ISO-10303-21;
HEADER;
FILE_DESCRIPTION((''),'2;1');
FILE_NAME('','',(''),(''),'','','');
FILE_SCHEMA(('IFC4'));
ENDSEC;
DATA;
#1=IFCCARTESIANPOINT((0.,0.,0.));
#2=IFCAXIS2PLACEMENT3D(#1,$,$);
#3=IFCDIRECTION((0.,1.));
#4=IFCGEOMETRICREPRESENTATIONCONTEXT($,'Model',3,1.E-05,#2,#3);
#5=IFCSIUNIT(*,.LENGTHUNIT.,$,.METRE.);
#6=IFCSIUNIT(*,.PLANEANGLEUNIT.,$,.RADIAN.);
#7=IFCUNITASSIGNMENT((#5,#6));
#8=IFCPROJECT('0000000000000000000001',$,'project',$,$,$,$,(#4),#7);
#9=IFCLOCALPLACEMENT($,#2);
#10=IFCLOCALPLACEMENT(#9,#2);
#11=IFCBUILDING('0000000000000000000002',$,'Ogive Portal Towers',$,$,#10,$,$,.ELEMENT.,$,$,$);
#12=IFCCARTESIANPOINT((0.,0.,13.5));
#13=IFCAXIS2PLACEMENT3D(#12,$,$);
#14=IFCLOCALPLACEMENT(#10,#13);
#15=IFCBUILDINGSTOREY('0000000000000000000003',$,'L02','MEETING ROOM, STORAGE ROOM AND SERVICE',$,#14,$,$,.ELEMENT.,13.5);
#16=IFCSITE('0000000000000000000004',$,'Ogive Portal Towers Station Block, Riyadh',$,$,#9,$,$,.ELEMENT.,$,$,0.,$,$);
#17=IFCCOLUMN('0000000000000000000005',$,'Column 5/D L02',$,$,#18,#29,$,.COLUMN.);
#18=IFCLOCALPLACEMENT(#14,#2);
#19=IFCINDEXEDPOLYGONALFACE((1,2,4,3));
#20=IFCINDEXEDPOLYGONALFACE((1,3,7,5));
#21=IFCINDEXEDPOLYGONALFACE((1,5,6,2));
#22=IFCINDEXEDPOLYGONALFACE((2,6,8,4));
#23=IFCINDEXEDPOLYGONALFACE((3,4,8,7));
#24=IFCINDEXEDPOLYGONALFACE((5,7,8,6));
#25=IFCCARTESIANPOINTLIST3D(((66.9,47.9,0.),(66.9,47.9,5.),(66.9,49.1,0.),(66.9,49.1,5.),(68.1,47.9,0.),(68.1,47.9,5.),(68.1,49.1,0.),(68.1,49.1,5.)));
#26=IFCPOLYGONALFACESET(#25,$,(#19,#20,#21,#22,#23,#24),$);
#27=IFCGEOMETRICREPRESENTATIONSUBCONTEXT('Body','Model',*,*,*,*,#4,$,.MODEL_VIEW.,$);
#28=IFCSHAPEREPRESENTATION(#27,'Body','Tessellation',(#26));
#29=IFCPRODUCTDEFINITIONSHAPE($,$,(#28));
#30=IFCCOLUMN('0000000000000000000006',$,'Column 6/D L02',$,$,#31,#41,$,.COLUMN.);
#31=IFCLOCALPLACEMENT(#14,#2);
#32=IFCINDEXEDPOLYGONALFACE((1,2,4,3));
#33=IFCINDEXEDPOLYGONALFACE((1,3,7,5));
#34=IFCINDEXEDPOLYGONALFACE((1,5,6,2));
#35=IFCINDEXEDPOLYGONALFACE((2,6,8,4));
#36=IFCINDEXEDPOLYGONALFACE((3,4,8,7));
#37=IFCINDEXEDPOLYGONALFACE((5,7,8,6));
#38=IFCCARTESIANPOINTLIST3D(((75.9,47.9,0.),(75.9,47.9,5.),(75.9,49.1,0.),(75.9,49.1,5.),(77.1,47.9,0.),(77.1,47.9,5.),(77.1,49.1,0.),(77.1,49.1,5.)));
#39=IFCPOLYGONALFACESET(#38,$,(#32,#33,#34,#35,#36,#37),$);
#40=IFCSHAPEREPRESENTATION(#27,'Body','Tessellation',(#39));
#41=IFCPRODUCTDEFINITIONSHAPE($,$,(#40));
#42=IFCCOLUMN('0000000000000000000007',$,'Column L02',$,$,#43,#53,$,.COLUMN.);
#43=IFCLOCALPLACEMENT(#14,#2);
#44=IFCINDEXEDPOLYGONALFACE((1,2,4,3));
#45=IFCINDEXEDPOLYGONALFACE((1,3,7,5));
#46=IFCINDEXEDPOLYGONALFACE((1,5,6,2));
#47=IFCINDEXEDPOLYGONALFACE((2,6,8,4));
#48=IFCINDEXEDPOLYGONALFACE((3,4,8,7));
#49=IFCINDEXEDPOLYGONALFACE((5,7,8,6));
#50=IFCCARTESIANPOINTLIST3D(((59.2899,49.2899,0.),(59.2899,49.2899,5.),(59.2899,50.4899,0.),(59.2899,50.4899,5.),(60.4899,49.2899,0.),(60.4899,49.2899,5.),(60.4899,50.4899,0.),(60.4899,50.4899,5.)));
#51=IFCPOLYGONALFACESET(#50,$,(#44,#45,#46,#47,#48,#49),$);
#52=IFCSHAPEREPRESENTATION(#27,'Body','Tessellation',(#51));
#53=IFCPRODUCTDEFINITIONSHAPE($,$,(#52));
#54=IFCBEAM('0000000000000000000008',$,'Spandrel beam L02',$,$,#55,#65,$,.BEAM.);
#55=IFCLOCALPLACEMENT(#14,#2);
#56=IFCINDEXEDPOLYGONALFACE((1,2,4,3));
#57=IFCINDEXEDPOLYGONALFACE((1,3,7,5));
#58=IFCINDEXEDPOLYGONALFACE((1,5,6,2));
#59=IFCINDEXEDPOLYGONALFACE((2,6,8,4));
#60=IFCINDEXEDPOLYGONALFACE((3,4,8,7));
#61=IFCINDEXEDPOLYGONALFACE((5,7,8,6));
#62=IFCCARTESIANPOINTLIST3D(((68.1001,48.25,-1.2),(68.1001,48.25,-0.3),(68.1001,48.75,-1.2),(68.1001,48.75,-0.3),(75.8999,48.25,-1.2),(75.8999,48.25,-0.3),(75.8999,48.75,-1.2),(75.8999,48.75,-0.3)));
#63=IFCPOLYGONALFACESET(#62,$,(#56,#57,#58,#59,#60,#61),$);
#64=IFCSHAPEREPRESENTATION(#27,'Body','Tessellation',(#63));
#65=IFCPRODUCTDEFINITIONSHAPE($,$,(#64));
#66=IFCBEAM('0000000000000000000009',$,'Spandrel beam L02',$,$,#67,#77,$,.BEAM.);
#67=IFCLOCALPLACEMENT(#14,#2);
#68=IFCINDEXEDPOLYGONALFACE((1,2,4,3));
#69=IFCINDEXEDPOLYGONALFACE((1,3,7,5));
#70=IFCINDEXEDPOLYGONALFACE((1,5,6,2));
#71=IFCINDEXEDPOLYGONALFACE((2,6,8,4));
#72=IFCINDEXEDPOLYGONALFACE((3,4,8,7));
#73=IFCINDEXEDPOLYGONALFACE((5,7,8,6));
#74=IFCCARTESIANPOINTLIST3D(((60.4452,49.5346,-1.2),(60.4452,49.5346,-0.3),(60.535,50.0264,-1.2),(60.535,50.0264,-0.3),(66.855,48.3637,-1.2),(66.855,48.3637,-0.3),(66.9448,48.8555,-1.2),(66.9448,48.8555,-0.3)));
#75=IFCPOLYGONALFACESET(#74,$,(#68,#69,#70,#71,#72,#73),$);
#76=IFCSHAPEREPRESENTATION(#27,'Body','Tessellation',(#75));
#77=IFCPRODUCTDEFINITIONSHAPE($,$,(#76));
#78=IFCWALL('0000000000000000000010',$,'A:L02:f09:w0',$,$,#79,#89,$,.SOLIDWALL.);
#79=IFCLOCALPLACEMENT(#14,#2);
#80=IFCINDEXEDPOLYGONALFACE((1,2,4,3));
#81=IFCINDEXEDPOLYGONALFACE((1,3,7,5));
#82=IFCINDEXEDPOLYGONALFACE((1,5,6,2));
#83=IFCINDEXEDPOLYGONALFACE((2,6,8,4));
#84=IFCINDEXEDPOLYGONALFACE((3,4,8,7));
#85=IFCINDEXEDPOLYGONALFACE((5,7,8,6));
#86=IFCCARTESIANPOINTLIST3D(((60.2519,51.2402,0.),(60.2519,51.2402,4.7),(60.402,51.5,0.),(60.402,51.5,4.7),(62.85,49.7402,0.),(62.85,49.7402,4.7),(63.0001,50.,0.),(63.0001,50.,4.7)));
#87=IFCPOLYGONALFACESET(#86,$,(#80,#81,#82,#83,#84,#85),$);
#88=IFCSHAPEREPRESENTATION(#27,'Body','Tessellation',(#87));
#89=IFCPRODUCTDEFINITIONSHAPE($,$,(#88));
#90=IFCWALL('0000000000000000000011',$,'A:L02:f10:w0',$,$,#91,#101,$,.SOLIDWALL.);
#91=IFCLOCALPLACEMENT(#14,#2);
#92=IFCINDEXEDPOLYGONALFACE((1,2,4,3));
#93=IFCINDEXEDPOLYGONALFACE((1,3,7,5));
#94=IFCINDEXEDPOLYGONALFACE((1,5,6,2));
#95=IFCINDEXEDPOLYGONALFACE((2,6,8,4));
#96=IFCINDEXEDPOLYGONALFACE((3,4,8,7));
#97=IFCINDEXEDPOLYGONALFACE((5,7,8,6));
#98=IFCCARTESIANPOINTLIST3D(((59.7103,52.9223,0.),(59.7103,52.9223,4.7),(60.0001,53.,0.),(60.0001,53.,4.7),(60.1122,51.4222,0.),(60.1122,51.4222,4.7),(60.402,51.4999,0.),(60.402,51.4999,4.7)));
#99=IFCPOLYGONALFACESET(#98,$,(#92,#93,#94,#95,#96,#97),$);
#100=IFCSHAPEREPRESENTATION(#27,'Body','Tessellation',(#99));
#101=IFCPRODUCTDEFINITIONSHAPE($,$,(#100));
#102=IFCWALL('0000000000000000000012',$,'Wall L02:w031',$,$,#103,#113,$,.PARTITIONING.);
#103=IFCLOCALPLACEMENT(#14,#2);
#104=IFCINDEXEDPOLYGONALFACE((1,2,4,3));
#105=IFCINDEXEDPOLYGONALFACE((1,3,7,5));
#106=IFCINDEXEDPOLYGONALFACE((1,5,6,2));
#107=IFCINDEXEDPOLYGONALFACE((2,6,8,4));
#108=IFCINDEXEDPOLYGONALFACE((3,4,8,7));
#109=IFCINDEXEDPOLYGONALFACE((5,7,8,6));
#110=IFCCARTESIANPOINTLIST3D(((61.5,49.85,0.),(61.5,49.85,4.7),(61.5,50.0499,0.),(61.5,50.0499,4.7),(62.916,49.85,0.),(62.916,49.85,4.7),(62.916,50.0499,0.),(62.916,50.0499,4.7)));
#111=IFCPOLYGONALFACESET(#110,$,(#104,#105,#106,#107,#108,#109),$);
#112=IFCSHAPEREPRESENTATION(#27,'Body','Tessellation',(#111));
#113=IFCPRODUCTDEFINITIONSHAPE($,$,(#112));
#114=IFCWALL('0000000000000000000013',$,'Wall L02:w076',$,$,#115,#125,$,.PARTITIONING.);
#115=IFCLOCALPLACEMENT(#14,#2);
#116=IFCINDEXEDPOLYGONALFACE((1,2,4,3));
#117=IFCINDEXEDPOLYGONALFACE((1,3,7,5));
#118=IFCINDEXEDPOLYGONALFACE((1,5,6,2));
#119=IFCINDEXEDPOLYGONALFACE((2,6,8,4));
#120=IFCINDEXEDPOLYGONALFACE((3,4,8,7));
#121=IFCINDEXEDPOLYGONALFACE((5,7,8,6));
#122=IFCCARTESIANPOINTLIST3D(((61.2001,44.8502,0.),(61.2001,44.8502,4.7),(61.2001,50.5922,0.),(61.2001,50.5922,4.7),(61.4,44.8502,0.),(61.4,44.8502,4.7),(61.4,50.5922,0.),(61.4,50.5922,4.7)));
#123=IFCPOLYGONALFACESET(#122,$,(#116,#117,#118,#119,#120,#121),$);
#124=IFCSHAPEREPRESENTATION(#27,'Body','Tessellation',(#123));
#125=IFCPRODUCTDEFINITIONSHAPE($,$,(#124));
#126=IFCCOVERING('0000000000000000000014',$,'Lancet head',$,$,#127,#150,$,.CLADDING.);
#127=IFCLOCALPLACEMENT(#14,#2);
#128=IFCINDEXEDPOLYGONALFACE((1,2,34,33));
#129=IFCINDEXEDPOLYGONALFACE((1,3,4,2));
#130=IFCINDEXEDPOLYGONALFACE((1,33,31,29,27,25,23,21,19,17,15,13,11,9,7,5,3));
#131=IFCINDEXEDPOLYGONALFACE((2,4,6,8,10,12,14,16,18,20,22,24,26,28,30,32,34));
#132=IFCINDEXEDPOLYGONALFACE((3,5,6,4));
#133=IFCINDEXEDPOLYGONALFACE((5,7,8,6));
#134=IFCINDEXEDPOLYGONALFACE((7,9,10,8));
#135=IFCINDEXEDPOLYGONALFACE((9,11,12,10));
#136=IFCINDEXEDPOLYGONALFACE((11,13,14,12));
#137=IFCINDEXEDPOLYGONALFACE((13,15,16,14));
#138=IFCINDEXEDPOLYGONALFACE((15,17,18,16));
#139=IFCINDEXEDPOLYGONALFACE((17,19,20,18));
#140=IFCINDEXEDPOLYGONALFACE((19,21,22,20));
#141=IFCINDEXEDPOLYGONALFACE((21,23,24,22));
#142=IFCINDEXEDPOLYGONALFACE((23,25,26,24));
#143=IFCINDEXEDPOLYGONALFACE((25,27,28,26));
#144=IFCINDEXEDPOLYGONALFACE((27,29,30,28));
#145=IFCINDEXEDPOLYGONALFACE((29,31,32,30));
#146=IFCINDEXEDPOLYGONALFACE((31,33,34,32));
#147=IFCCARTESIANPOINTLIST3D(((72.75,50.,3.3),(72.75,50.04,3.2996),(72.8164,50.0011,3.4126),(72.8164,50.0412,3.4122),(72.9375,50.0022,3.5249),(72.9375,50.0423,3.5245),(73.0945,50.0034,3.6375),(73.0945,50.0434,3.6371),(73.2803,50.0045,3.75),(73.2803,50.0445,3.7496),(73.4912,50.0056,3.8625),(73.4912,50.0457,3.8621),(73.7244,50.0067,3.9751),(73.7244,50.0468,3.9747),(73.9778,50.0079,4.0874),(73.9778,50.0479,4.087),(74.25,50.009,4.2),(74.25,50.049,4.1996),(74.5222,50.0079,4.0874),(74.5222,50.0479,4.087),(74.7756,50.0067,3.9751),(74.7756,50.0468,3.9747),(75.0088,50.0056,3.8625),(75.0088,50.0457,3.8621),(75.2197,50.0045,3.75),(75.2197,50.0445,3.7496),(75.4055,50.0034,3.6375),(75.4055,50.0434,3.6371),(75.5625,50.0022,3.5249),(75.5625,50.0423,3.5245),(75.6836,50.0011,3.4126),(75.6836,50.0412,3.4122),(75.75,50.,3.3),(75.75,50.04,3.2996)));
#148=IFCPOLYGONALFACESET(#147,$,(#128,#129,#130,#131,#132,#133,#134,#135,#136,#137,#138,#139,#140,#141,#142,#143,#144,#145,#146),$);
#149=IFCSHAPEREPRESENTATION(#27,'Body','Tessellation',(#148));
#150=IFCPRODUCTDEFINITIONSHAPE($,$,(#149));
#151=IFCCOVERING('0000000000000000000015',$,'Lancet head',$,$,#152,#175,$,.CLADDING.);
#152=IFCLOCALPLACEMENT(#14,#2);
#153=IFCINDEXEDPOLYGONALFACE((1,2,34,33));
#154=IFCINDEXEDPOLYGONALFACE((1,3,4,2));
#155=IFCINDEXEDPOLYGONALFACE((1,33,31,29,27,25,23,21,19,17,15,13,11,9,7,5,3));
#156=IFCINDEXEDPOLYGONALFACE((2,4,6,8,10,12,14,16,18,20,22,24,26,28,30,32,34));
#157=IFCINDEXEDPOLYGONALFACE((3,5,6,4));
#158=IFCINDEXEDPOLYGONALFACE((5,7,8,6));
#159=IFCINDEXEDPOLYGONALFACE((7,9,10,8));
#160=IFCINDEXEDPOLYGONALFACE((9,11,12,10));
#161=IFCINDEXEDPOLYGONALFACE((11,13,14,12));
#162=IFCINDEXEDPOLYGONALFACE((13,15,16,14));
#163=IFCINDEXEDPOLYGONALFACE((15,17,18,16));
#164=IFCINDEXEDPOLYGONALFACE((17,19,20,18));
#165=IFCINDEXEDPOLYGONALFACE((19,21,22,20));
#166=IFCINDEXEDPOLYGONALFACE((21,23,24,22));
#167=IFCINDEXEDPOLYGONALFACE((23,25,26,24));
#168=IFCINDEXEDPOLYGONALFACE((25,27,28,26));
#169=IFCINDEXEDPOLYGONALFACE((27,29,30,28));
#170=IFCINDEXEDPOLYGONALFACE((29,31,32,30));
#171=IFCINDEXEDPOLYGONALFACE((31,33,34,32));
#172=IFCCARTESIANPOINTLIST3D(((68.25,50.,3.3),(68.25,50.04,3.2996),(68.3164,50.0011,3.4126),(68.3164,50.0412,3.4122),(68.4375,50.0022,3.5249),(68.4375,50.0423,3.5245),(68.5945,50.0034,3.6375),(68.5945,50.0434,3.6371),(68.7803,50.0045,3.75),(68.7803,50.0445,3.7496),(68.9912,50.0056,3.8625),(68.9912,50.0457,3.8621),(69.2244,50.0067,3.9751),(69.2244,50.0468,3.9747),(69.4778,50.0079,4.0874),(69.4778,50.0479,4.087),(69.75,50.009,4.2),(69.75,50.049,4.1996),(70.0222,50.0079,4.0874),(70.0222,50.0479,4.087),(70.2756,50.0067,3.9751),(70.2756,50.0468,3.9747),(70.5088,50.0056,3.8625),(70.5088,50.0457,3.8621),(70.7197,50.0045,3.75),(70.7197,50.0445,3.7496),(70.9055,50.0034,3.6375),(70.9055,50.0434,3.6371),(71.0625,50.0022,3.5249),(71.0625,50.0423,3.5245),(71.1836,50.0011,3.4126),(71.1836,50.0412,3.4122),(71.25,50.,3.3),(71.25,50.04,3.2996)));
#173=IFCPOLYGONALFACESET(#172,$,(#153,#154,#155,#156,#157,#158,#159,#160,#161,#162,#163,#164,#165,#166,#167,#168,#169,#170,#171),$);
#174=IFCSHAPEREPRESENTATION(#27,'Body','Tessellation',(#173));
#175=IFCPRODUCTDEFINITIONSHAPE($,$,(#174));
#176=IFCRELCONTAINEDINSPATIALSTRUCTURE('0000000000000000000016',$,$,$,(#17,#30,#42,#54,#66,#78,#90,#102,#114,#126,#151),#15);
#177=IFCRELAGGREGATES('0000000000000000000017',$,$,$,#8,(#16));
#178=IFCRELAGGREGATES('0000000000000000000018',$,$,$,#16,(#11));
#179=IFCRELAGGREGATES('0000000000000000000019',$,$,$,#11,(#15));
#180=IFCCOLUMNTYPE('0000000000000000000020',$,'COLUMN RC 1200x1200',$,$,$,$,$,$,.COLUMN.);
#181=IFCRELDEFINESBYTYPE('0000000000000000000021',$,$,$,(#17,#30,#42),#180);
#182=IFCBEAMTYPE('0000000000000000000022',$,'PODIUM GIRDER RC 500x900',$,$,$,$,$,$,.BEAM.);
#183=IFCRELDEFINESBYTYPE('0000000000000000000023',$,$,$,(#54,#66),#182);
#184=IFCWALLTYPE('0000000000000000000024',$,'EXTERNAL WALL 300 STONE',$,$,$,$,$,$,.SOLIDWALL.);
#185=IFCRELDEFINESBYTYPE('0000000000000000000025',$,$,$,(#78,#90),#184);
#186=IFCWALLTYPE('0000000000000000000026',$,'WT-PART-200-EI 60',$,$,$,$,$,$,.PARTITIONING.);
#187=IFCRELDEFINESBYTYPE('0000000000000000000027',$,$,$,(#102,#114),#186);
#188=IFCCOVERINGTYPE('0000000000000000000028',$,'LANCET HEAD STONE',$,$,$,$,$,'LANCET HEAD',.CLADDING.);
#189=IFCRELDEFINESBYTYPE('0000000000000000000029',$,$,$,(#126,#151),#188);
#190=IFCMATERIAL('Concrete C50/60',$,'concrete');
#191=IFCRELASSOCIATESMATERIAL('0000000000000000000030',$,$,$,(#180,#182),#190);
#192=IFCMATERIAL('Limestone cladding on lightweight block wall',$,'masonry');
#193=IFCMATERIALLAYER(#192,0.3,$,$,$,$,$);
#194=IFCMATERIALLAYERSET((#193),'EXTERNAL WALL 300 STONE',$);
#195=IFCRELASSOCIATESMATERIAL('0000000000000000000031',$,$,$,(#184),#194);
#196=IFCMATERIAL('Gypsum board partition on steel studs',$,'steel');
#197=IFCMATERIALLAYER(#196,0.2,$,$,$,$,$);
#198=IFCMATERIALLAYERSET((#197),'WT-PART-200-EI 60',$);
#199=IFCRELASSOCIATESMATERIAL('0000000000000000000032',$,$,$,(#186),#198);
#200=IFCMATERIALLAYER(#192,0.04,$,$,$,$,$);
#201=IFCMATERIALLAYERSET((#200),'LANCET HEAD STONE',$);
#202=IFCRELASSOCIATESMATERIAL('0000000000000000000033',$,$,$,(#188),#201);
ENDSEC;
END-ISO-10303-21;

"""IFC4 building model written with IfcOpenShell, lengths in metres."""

from ifc_helpers import new_model, si_unit, direction, frame, frame_2d, origin, origin_2d, place, context, subcontext, project, spatial, polyline, rectangle, outline, extrude, material, layer, layer_set, material_profile, profile_set, type_object, element, save


model = new_model("IFC4")

# Units and contexts
model_context = context("Model", 3, precision=1e-05, world=origin(), true_north=direction((0.0, 1.0)))
body_context = subcontext(model_context, "Body", "Model", "MODEL_VIEW")
ifc_project = project(units=[si_unit("LENGTHUNIT", "METRE"), si_unit("PLANEANGLEUNIT", "RADIAN")], contexts=[model_context])

# Site, building, storey
site_placement = place(None, origin())
site = spatial("IfcSite", under=ifc_project, at=site_placement, Name="Ogive Portal Towers Station Block, Riyadh", CompositionType="ELEMENT", RefElevation=0.0)
building_placement = place(site_placement, origin())
building = spatial("IfcBuilding", under=site, at=building_placement, Name="Ogive Portal Towers", CompositionType="ELEMENT")
storey_placement = place(building_placement, frame((0.0, 0.0, 13.5)))
storey = spatial("IfcBuildingStorey", under=building, at=storey_placement, Name="L02", Description="MEETING ROOM, STORAGE ROOM AND SERVICE", CompositionType="ELEMENT", Elevation=13.5)

# Columns
ifc_material_1 = material(Name="Concrete C50/60", Category="concrete")
ifc_material_profile_1 = material_profile(ifc_material_1, rectangle(XDim=1.2, YDim=1.2, at=origin_2d()), Name="RC 1200x1200")
ifc_profile_set_1 = profile_set([ifc_material_profile_1], Name="Concrete C50/60")
column_type = type_object("IfcColumnType", Name="COLUMN RC 1200x1200", PredefinedType="COLUMN", material=ifc_profile_set_1)
for number, where, z_axis, x_axis, name in (
    (1, (67.5, 48.5, 0.0), (0.0, 0.0, 1.0), (1.0, 0.0, 0.0), "Column 5/D L02"),
    (2, (76.5, 48.5, 0.0), (0.0, 0.0, 1.0), (1.0, 0.0, 0.0), "Column 6/D L02"),
    (3, (59.8899, 49.8899, 0.0), (0.0, 0.0, 1.0), (1.0, 0.0, 0.0), "Column L02"),
):
    element("IfcColumn", number, at=place(storey_placement, frame(where, z_axis=z_axis, x_axis=x_axis)), inside=storey, type_object=column_type, Name=name, PredefinedType="COLUMN", context=body_context, shape_type="SweptSolid", body=[
        extrude(rectangle(XDim=1.2, YDim=1.2, at=origin_2d()), origin(), (0.0, 0.0, 1.0), 5.0),
    ])

# Beams
ifc_material_profile_2 = material_profile(ifc_material_1, rectangle(XDim=0.5, YDim=0.8999, at=origin_2d()), Name="RC 500x900")
ifc_profile_set_2 = profile_set([ifc_material_profile_2], Name="Concrete C50/60")
beam_type = type_object("IfcBeamType", Name="PODIUM GIRDER RC 500x900", PredefinedType="BEAM", material=ifc_profile_set_2)
beam_1_placement = place(storey_placement, frame((75.8999, 48.5, -0.75), z_axis=(-1.0, 0.0, 0.0), x_axis=(0.0, -1.0, 0.0)))
element("IfcBeam", 4, at=beam_1_placement, inside=storey, type_object=beam_type, Name="Spandrel beam L02", PredefinedType="BEAM", context=body_context, shape_type="SweptSolid", body=[
    extrude(rectangle(XDim=0.5, YDim=0.8999, at=origin_2d()), origin(), (0.0, 0.0, 1.0), 7.7998),
])
beam_2_placement = place(storey_placement, frame((66.8999, 48.6096, -0.75), z_axis=(-0.983722, 0.179696, 0.0), x_axis=(-0.179696, -0.983722, 0.0)))
element("IfcBeam", 5, at=beam_2_placement, inside=storey, type_object=beam_type, Name="Spandrel beam L02", PredefinedType="BEAM", context=body_context, shape_type="SweptSolid", body=[
    extrude(rectangle(XDim=0.5, YDim=0.8999, at=origin_2d()), origin(), (0.0, 0.0, 1.0), 6.5159),
])

# Walls
ifc_material_2 = material(Name="Limestone cladding on lightweight block wall", Category="masonry")
ifc_layer_1 = layer(ifc_material_2, 0.3)
ifc_layer_set_1 = layer_set([ifc_layer_1], Name="EXTERNAL WALL 300 STONE")
wall_type_1 = type_object("IfcWallType", Name="EXTERNAL WALL 300 STONE", PredefinedType="SOLIDWALL", material=ifc_layer_set_1)
wall_1_placement = place(storey_placement, frame((62.925, 49.8701, 0.0), z_axis=(0.0, 0.0, 1.0), x_axis=(-0.866031, 0.49999, 0.0)))
element("IfcWall", 6, at=wall_1_placement, inside=storey, type_object=wall_type_1, Name="A:L02:f09:w0", PredefinedType="SOLIDWALL", context=body_context, shape_type="SweptSolid", body=[
    extrude(rectangle(XDim=3.0, YDim=0.3, at=frame_2d((1.5, 0.0))), origin(), (0.0, 0.0, 1.0), 4.7),
])
wall_2_placement = place(storey_placement, frame((60.2571, 51.4612, 0.0), z_axis=(0.0, 0.0, 1.0), x_axis=(-0.258778, 0.965937, 0.0)))
element("IfcWall", 7, at=wall_2_placement, inside=storey, type_object=wall_type_1, Name="A:L02:f10:w0", PredefinedType="SOLIDWALL", context=body_context, shape_type="SweptSolid", body=[
    extrude(rectangle(XDim=1.553, YDim=0.3, at=frame_2d((0.7764, 0.0))), origin(), (0.0, 0.0, 1.0), 4.7),
])
ifc_material_3 = material(Name="Gypsum board partition on steel studs", Category="steel")
ifc_layer_2 = layer(ifc_material_3, 0.2)
ifc_layer_set_2 = layer_set([ifc_layer_2], Name="WT-PART-200-EI 60")
wall_type_2 = type_object("IfcWallType", Name="WT-PART-200-EI 60", PredefinedType="PARTITIONING", material=ifc_layer_set_2)
wall_3_placement = place(storey_placement, frame((61.5, 49.95, 0.0), z_axis=(0.0, 0.0, 1.0), x_axis=(1.0, 0.0, 0.0)))
element("IfcWall", 8, at=wall_3_placement, inside=storey, type_object=wall_type_2, Name="Wall L02:w031", PredefinedType="PARTITIONING", context=body_context, shape_type="SweptSolid", body=[
    extrude(rectangle(XDim=1.416, YDim=0.2, at=frame_2d((0.708, 0.0))), origin(), (0.0, 0.0, 1.0), 4.7),
])
wall_4_placement = place(storey_placement, frame((61.3, 44.8501, 0.0), z_axis=(0.0, 0.0, 1.0), x_axis=(0.0, 1.0, 0.0)))
element("IfcWall", 9, at=wall_4_placement, inside=storey, type_object=wall_type_2, Name="Wall L02:w076", PredefinedType="PARTITIONING", context=body_context, shape_type="SweptSolid", body=[
    extrude(rectangle(XDim=5.7419, YDim=0.2, at=frame_2d((2.8711, 0.0))), origin(), (0.0, 0.0, 1.0), 4.7),
])

# Coverings
ifc_layer_3 = layer(ifc_material_2, 0.04)
ifc_layer_set_3 = layer_set([ifc_layer_3], Name="LANCET HEAD STONE")
covering_type_1 = type_object("IfcCoveringType", Name="LANCET HEAD STONE", ElementType="LANCET HEAD", PredefinedType="CLADDING", material=ifc_layer_set_3)
for number, where, z_axis, x_axis, name in (
    (10, (75.75, 50.0, 3.3), (0.0, -0.99995, 0.009994), (-1.0, 0.0, 0.0), "Lancet head"),
    (11, (71.25, 50.0, 3.3), (0.0, -0.99995, 0.009994), (-1.0, 0.0, 0.0), "Lancet head"),
):
    element("IfcCovering", number, at=place(storey_placement, frame(where, z_axis=z_axis, x_axis=x_axis)), inside=storey, type_object=covering_type_1, Name=name, PredefinedType="CLADDING", context=body_context, shape_type="SweptSolid", body=[
        extrude(outline(polyline([(0.0, 0.0), (3.0, 0.0), (2.9336, -0.1126), (2.8125, -0.2249), (2.6555, -0.3374), (2.4697, -0.45), (2.2588, -0.5625), (2.0256, -0.6751), (1.7722, -0.7874), (1.5, -0.8999), (1.2278, -0.7874), (0.9744, -0.6751), (0.7412, -0.5625), (0.5303, -0.45), (0.3445, -0.3374), (0.1875, -0.2249), (0.0664, -0.1126), (0.0, 0.0)])), origin(), (0.0, 0.0, -1.0), 0.04),
    ])

save(model, "model.ifc")
